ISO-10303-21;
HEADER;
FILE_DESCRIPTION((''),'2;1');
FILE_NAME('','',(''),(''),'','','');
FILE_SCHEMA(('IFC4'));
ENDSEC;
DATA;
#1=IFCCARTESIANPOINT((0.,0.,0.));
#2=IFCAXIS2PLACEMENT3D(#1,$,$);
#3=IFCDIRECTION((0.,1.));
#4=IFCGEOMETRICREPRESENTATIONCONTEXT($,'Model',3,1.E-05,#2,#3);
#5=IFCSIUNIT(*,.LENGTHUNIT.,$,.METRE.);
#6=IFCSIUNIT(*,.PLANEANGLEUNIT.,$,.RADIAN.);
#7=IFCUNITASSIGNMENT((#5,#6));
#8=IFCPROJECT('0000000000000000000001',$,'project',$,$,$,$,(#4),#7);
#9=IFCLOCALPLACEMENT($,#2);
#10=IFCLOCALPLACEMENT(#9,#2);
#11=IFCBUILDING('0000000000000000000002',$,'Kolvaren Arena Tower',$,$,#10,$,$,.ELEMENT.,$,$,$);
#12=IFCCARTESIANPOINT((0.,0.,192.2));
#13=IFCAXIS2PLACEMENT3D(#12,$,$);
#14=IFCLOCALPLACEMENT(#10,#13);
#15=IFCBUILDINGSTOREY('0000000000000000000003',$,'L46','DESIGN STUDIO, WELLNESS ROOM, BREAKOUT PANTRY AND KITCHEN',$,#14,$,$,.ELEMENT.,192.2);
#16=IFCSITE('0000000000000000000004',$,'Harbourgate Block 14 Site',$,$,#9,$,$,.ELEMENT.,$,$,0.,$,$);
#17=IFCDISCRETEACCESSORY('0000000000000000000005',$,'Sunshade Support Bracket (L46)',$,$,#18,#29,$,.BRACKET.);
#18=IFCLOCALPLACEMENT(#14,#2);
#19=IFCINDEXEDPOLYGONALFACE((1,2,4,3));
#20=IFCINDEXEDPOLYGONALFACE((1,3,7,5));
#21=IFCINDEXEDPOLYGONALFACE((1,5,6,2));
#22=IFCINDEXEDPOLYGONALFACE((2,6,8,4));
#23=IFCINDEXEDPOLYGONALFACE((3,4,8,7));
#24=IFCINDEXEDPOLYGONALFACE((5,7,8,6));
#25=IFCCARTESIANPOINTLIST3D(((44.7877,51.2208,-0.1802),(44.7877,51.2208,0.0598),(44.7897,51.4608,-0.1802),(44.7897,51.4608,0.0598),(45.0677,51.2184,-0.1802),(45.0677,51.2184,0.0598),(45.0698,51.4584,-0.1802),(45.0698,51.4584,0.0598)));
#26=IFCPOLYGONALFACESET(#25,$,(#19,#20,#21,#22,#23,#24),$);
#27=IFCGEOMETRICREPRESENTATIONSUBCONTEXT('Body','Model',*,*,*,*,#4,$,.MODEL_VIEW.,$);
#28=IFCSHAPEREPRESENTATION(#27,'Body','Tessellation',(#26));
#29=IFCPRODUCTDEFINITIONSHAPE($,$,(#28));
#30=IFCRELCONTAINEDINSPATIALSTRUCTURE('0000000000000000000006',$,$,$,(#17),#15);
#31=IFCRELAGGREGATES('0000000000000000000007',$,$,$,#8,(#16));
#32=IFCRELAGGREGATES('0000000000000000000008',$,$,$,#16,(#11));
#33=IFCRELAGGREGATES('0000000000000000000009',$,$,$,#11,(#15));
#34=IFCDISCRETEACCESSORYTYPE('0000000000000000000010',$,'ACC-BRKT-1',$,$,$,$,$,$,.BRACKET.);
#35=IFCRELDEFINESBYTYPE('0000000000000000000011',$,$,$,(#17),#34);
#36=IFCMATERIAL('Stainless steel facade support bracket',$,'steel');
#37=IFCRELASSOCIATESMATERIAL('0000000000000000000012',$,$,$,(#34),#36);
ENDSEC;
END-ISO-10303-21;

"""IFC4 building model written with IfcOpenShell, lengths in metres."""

from ifc_helpers import new_model, si_unit, direction, frame, origin, origin_2d, place, context, subcontext, project, spatial, rectangle, extrude, material, type_object, element, save


model = new_model("IFC4")

# Units and contexts
model_context = context("Model", 3, precision=1e-05, world=origin(), true_north=direction((0.0, 1.0)))
body_context = subcontext(model_context, "Body", "Model", "MODEL_VIEW")
ifc_project = project(units=[si_unit("LENGTHUNIT", "METRE"), si_unit("PLANEANGLEUNIT", "RADIAN")], contexts=[model_context])

# Site, building, storey
site_placement = place(None, origin())
site = spatial("IfcSite", under=ifc_project, at=site_placement, Name="Harbourgate Block 14 Site", CompositionType="ELEMENT", RefElevation=0.0)
building_placement = place(site_placement, origin())
building = spatial("IfcBuilding", under=site, at=building_placement, Name="Kolvaren Arena Tower", CompositionType="ELEMENT")
storey_placement = place(building_placement, frame((0.0, 0.0, 192.2)))
storey = spatial("IfcBuildingStorey", under=building, at=storey_placement, Name="L46", Description="DESIGN STUDIO, WELLNESS ROOM, BREAKOUT PANTRY AND KITCHEN", CompositionType="ELEMENT", Elevation=192.2)

# Discrete accessory
ifc_material_1 = material(Name="Stainless steel facade support bracket", Category="steel")
discrete_accessory_type = type_object("IfcDiscreteAccessoryType", Name="ACC-BRKT-1", PredefinedType="BRACKET", material=ifc_material_1)
for number, where, z_axis, x_axis, name in (
    (1, (44.9287, 51.3396, -0.1802), (0.0, 0.0, 1.0), (0.999962, -0.008727, 0.0), "Sunshade Support Bracket (L46)"),
):
    element("IfcDiscreteAccessory", number, at=place(storey_placement, frame(where, z_axis=z_axis, x_axis=x_axis)), inside=storey, type_object=discrete_accessory_type, Name=name, PredefinedType="BRACKET", context=body_context, shape_type="SweptSolid", body=[
        extrude(rectangle(XDim=0.28, YDim=0.24, at=origin_2d()), origin(), (0.0, 0.0, 1.0), 0.24),
    ])

save(model, "model.ifc")
